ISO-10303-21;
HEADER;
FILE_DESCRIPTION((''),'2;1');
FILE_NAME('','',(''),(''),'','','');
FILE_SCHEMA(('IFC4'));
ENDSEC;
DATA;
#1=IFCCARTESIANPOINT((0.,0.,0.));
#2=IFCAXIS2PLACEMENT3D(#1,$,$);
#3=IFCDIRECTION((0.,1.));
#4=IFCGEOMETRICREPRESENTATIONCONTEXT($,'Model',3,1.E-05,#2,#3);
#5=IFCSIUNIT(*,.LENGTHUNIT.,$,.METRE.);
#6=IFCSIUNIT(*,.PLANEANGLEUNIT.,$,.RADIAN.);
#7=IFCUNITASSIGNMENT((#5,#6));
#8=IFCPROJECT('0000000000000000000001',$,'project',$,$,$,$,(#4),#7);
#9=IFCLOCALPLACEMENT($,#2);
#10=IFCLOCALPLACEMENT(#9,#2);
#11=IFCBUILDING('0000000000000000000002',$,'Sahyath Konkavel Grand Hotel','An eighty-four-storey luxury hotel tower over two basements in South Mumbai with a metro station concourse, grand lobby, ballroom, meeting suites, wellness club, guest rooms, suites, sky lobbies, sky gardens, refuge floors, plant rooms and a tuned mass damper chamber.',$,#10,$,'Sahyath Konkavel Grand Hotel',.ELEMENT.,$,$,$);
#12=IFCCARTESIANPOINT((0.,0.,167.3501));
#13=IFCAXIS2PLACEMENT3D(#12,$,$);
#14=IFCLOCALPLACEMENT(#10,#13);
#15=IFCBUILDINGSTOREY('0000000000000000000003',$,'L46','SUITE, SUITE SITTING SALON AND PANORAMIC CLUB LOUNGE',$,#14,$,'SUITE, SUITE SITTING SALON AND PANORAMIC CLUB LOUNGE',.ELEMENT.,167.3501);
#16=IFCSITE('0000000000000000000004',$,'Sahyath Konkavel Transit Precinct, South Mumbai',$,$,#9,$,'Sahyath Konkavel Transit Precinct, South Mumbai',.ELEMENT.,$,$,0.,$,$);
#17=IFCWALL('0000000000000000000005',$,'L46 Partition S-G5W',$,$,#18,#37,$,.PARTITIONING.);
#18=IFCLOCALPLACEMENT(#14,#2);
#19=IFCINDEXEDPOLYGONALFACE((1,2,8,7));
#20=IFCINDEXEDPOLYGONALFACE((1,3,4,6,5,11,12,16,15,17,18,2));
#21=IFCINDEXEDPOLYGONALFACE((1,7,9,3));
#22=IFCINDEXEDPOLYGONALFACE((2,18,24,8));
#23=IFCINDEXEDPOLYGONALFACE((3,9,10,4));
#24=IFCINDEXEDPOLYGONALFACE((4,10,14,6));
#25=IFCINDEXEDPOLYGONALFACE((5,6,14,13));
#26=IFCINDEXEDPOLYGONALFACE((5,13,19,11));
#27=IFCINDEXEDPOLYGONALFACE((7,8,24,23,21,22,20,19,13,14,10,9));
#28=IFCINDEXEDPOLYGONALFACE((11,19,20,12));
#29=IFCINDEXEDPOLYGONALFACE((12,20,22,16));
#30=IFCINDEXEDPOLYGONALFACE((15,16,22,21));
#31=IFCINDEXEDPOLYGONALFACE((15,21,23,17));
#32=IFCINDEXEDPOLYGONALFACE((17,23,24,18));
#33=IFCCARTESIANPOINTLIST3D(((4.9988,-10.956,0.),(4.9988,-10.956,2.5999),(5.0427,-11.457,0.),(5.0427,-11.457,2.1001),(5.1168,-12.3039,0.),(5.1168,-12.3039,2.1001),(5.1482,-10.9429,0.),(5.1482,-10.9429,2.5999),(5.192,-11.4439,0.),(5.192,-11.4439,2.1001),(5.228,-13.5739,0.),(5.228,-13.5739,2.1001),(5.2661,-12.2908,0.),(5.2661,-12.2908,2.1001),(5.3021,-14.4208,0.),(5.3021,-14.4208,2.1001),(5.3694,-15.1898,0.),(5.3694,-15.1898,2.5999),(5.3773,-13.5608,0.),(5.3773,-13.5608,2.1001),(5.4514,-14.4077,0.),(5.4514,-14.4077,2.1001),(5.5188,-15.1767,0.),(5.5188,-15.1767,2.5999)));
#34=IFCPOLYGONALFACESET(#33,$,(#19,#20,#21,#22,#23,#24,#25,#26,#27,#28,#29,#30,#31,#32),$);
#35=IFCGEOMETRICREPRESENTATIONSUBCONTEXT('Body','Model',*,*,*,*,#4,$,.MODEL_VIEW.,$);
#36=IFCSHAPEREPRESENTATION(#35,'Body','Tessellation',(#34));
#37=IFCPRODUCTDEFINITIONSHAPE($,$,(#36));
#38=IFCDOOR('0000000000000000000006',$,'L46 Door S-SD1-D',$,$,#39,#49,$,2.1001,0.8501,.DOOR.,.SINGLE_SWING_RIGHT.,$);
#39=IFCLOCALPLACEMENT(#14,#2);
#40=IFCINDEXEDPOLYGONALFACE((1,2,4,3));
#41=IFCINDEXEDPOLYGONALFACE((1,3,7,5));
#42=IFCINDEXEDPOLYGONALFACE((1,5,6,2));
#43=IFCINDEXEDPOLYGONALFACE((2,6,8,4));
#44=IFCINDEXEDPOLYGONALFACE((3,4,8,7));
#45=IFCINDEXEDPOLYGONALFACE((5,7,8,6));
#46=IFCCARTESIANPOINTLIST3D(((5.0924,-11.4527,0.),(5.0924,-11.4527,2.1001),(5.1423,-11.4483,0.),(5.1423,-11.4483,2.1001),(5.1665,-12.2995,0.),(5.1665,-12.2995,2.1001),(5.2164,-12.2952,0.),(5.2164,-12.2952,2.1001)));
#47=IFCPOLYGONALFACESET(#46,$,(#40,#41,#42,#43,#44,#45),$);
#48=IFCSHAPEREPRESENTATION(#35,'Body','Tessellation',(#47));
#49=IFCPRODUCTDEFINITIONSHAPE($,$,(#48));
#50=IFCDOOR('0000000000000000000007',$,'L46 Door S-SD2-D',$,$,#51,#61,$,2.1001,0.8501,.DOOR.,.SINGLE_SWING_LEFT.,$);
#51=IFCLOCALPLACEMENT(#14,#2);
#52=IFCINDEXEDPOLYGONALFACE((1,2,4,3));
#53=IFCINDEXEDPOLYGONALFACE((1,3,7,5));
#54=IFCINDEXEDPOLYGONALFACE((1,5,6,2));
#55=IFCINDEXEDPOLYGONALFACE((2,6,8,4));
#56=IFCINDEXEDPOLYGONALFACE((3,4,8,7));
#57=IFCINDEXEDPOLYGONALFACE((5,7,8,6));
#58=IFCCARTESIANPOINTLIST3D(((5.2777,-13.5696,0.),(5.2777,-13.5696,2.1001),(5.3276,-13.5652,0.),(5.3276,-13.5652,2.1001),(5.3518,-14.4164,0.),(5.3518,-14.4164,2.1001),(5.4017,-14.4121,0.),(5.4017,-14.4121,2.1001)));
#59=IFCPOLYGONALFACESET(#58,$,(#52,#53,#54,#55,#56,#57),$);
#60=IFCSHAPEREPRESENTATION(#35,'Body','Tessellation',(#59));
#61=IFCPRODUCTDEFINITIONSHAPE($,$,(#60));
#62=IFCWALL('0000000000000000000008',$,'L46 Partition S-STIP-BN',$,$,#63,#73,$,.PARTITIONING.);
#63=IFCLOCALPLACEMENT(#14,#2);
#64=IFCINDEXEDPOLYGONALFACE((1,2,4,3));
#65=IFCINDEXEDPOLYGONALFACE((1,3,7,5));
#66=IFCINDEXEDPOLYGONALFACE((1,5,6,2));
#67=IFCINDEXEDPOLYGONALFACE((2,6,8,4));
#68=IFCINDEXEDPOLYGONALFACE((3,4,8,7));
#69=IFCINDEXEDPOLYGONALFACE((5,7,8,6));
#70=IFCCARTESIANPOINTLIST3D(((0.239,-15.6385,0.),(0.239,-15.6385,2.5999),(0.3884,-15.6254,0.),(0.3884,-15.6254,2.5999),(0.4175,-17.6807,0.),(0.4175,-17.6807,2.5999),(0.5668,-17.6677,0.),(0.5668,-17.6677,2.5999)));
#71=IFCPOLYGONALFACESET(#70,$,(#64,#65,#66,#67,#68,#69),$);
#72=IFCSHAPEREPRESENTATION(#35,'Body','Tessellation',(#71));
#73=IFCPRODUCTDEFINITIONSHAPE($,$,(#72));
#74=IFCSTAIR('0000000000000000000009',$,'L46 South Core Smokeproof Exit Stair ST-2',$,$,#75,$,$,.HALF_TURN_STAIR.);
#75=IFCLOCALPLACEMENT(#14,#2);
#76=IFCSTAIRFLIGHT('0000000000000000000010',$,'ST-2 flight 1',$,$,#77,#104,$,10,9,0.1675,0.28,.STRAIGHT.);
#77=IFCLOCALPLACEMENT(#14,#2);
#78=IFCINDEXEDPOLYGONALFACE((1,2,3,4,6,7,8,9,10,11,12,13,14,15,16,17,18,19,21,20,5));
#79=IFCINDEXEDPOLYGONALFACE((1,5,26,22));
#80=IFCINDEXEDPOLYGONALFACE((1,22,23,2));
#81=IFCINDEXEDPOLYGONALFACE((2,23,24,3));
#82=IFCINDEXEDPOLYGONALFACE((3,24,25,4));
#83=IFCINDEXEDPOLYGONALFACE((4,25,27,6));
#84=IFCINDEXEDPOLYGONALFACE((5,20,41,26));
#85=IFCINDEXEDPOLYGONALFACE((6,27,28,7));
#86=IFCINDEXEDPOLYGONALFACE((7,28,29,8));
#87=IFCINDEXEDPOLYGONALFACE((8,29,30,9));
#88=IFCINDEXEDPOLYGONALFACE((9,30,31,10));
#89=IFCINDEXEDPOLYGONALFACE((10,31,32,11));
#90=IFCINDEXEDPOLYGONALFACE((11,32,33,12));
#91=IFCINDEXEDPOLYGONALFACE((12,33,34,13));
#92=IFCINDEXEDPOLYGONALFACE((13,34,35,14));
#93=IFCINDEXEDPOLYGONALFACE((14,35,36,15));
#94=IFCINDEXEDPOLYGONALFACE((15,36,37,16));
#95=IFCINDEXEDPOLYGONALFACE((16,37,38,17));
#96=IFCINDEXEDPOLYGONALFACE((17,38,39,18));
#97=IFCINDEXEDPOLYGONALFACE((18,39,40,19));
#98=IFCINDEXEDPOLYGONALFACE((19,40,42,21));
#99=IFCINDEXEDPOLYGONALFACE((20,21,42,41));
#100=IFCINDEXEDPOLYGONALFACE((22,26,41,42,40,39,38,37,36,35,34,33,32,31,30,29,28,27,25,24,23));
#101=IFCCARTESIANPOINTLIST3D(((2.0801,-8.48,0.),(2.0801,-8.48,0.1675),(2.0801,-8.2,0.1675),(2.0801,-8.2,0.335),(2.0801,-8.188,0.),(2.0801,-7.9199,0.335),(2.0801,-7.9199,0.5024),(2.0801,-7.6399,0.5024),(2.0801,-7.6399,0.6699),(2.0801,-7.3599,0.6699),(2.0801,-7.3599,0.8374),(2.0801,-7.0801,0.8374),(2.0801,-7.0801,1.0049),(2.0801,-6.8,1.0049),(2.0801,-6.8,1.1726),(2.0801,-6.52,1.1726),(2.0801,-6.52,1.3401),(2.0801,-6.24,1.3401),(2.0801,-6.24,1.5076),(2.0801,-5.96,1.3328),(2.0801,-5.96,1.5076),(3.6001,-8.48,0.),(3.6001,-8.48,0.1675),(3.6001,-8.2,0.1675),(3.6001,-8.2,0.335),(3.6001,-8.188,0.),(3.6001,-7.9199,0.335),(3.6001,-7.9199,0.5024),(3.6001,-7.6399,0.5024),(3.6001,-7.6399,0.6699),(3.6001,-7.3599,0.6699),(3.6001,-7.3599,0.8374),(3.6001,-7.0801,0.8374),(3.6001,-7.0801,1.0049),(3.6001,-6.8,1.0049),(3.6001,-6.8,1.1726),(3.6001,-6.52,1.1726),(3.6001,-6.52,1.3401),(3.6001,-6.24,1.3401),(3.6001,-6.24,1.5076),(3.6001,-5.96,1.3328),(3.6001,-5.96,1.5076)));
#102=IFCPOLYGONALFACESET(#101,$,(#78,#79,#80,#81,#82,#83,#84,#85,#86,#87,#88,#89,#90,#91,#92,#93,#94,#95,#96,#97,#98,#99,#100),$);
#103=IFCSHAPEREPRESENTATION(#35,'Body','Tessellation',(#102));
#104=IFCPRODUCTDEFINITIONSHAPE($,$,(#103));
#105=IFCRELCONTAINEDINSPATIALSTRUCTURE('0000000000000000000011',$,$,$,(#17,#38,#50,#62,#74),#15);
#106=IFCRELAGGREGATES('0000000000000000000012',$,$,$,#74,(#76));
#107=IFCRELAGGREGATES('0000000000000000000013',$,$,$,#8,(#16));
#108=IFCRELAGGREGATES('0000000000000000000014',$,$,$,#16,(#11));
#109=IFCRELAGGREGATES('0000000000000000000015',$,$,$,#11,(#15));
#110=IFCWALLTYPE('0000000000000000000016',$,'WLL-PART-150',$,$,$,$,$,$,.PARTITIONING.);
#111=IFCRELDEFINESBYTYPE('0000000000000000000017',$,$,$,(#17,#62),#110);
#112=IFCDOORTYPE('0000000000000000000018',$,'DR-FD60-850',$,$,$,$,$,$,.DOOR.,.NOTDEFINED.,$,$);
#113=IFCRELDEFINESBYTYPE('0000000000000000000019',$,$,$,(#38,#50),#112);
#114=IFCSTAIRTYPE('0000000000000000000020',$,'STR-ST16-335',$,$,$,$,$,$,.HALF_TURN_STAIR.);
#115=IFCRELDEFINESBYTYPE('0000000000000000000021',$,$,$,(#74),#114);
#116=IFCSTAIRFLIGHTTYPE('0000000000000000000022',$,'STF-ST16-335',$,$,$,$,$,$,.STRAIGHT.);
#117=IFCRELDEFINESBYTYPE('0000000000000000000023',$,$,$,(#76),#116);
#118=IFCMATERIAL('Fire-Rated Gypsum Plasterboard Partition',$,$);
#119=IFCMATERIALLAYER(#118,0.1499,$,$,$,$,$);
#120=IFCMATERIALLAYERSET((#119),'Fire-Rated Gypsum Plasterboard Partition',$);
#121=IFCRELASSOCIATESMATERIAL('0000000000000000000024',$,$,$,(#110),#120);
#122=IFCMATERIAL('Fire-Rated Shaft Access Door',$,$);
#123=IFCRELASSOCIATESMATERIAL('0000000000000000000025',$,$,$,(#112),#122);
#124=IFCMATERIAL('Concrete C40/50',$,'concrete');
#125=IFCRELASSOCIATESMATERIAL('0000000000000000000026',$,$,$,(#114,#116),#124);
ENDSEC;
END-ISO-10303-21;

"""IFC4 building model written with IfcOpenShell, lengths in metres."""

from ifc_helpers import new_model, si_unit, direction, frame, frame_2d, origin, origin_2d, place, context, subcontext, project, spatial, polyline, rectangle, outline, extrude, source, transform, mapped, material, layer, layer_set, type_object, element, fill, aggregate, save


model = new_model("IFC4")

# Units and contexts
model_context = context("Model", 3, precision=1e-05, world=origin(), true_north=direction((0.0, 1.0)))
body_context = subcontext(model_context, "Body", "Model", "MODEL_VIEW")
ifc_project = project(units=[si_unit("LENGTHUNIT", "METRE"), si_unit("PLANEANGLEUNIT", "RADIAN")], contexts=[model_context])

# Site, building, storey
site_placement = place(None, origin())
site = spatial("IfcSite", under=ifc_project, at=site_placement, Name="Sahyath Konkavel Transit Precinct, South Mumbai", LongName="Sahyath Konkavel Transit Precinct, South Mumbai", CompositionType="ELEMENT", RefElevation=0.0)
building_placement = place(site_placement, origin())
building = spatial("IfcBuilding", under=site, at=building_placement, Name="Sahyath Konkavel Grand Hotel", Description="An eighty-four-storey luxury hotel tower over two basements in South Mumbai with a metro station concourse, grand lobby, ballroom, meeting suites, wellness club, guest rooms, suites, sky lobbies, sky gardens, refuge floors, plant rooms and a tuned mass damper chamber.", LongName="Sahyath Konkavel Grand Hotel", CompositionType="ELEMENT")
storey_placement = place(building_placement, frame((0.0, 0.0, 167.3501)))
storey = spatial("IfcBuildingStorey", under=building, at=storey_placement, Name="L46", Description="SUITE, SUITE SITTING SALON AND PANORAMIC CLUB LOUNGE", LongName="SUITE, SUITE SITTING SALON AND PANORAMIC CLUB LOUNGE", CompositionType="ELEMENT", Elevation=167.3501)

# Wall, openings, doors
ifc_material_1 = material(Name="Fire-Rated Gypsum Plasterboard Partition")
ifc_layer_1 = layer(ifc_material_1, 0.1499)
ifc_layer_set_1 = layer_set([ifc_layer_1], Name="Fire-Rated Gypsum Plasterboard Partition")
wall_type_1 = type_object("IfcWallType", Name="WLL-PART-150", PredefinedType="PARTITIONING", material=ifc_layer_set_1)
wall_1_placement = place(storey_placement, frame((5.0735, -10.9495, 0.0), z_axis=(0.0, 0.0, 1.0), x_axis=(0.0872, -0.996191, 0.0)))
wall_1 = element("IfcWall", 1, at=wall_1_placement, inside=storey, type_object=wall_type_1, Name="L46 Partition S-G5W", PredefinedType="PARTITIONING", context=body_context, shape_type="SweptSolid", body=[
    extrude(rectangle(XDim=4.25, YDim=0.1499, at=frame_2d((2.125, 0.0))), origin(), (0.0, 0.0, 1.0), 2.5999),
])
opening_1_placement = place(wall_1_placement, frame((0.5029, 0.0, 0.0)))
opening_1 = element("IfcOpeningElement", 2, at=opening_1_placement, cuts=wall_1, PredefinedType="OPENING", context=body_context, shape_type="SweptSolid", body=[
    extrude(rectangle(XDim=0.8501, YDim=2.1001, at=frame_2d((0.425, 1.05))), frame((0.0, 0.085, 0.0), z_axis=(0.0, -1.0, 0.0), x_axis=(1.0, 0.0, 0.0)), (0.0, 0.0, 1.0), 0.1699),
])
opening_2_placement = place(wall_1_placement, frame((2.6279, 0.0, 0.0)))
opening_2 = element("IfcOpeningElement", 3, at=opening_2_placement, cuts=wall_1, PredefinedType="OPENING", context=body_context, shape_type="SweptSolid", body=[
    extrude(rectangle(XDim=0.8501, YDim=2.1001, at=frame_2d((0.425, 1.05))), frame((0.0, 0.085, 0.0), z_axis=(0.0, -1.0, 0.0), x_axis=(1.0, 0.0, 0.0)), (0.0, 0.0, 1.0), 0.1699),
])
ifc_material_2 = material(Name="Fire-Rated Shaft Access Door")
door_type = type_object("IfcDoorType", Name="DR-FD60-850", OperationType="NOTDEFINED", PredefinedType="DOOR", material=ifc_material_2)
shared_shape_1 = source(origin(), body_context, "Body", "SweptSolid", [
    extrude(rectangle(XDim=0.8501, YDim=0.05, at=origin_2d()), origin(), (0.0, 0.0, 1.0), 2.1001),
])
door_1_placement = place(opening_1_placement, frame((0.425, 0.0, 0.0)))
door_1 = element("IfcDoor", 4, at=door_1_placement, inside=storey, type_object=door_type, Name="L46 Door S-SD1-D", OperationType="SINGLE_SWING_RIGHT", OverallHeight=2.1001, OverallWidth=0.8501, PredefinedType="DOOR", context=body_context, shape_type="MappedRepresentation", body=[
    mapped(shared_shape_1, transform((0.0, 0.0, 0.0), scale=1.0)),
])
fill(opening_1, door_1)
door_2_placement = place(opening_2_placement, frame((0.425, 0.0, 0.0)))
door_2 = element("IfcDoor", 5, at=door_2_placement, inside=storey, type_object=door_type, Name="L46 Door S-SD2-D", OperationType="SINGLE_SWING_LEFT", OverallHeight=2.1001, OverallWidth=0.8501, PredefinedType="DOOR", context=body_context, shape_type="MappedRepresentation", body=[
    mapped(shared_shape_1, transform((0.0, 0.0, 0.0), scale=1.0)),
])
fill(opening_2, door_2)

# Wall
wall_2_placement = place(storey_placement, frame((0.3137, -15.6321, 0.0), z_axis=(0.0, 0.0, 1.0), x_axis=(0.087056, -0.996203, 0.0)))
element("IfcWall", 6, at=wall_2_placement, inside=storey, type_object=wall_type_1, Name="L46 Partition S-STIP-BN", PredefinedType="PARTITIONING", context=body_context, shape_type="SweptSolid", body=[
    extrude(rectangle(XDim=2.05, YDim=0.1499, at=frame_2d((1.0249, 0.0))), origin(), (0.0, 0.0, 1.0), 2.5999),
])

# Stair, stair flight
ifc_material_3 = material(Name="Concrete C40/50", Category="concrete")
stair_type = type_object("IfcStairType", Name="STR-ST16-335", PredefinedType="HALF_TURN_STAIR", material=ifc_material_3)
stair_placement = place(storey_placement, origin())
stair = element("IfcStair", 7, at=stair_placement, inside=storey, type_object=stair_type, Name="L46 South Core Smokeproof Exit Stair ST-2", PredefinedType="HALF_TURN_STAIR")
stair_flight_type = type_object("IfcStairFlightType", Name="STF-ST16-335", PredefinedType="STRAIGHT", material=ifc_material_3)
stair_flight_placement = place(storey_placement, frame((2.8401, -8.48, 0.0), z_axis=(0.0, 0.0, 1.0), x_axis=(0.0, 1.0, 0.0)))
stair_flight = element("IfcStairFlight", 8, at=stair_flight_placement, type_object=stair_flight_type, Name="ST-2 flight 1", NumberOfRisers=10, NumberOfTreads=9, PredefinedType="STRAIGHT", RiserHeight=0.1675, TreadLength=0.28, context=body_context, shape_type="SweptSolid", body=[
    extrude(outline(polyline([(0.0, 0.0), (0.0, 0.1675), (0.28, 0.1675), (0.28, 0.335), (0.5601, 0.335), (0.5601, 0.5024), (0.8401, 0.5024), (0.8401, 0.6699), (1.1201, 0.6699), (1.1201, 0.8374), (1.3999, 0.8374), (1.3999, 1.0049), (1.6799, 1.0049), (1.6799, 1.1726), (1.96, 1.1726), (1.96, 1.3401), (2.24, 1.3401), (2.24, 1.5076), (2.52, 1.5076), (2.52, 1.675), (2.52, 1.3328), (0.292, 0.0), (0.0, 0.0)])), frame((0.0, 0.76, 0.0), z_axis=(0.0, -1.0, 0.0), x_axis=(1.0, 0.0, 0.0)), (0.0, 0.0, 1.0), 1.52),
])
aggregate(stair, [stair_flight])

save(model, "model.ifc")
